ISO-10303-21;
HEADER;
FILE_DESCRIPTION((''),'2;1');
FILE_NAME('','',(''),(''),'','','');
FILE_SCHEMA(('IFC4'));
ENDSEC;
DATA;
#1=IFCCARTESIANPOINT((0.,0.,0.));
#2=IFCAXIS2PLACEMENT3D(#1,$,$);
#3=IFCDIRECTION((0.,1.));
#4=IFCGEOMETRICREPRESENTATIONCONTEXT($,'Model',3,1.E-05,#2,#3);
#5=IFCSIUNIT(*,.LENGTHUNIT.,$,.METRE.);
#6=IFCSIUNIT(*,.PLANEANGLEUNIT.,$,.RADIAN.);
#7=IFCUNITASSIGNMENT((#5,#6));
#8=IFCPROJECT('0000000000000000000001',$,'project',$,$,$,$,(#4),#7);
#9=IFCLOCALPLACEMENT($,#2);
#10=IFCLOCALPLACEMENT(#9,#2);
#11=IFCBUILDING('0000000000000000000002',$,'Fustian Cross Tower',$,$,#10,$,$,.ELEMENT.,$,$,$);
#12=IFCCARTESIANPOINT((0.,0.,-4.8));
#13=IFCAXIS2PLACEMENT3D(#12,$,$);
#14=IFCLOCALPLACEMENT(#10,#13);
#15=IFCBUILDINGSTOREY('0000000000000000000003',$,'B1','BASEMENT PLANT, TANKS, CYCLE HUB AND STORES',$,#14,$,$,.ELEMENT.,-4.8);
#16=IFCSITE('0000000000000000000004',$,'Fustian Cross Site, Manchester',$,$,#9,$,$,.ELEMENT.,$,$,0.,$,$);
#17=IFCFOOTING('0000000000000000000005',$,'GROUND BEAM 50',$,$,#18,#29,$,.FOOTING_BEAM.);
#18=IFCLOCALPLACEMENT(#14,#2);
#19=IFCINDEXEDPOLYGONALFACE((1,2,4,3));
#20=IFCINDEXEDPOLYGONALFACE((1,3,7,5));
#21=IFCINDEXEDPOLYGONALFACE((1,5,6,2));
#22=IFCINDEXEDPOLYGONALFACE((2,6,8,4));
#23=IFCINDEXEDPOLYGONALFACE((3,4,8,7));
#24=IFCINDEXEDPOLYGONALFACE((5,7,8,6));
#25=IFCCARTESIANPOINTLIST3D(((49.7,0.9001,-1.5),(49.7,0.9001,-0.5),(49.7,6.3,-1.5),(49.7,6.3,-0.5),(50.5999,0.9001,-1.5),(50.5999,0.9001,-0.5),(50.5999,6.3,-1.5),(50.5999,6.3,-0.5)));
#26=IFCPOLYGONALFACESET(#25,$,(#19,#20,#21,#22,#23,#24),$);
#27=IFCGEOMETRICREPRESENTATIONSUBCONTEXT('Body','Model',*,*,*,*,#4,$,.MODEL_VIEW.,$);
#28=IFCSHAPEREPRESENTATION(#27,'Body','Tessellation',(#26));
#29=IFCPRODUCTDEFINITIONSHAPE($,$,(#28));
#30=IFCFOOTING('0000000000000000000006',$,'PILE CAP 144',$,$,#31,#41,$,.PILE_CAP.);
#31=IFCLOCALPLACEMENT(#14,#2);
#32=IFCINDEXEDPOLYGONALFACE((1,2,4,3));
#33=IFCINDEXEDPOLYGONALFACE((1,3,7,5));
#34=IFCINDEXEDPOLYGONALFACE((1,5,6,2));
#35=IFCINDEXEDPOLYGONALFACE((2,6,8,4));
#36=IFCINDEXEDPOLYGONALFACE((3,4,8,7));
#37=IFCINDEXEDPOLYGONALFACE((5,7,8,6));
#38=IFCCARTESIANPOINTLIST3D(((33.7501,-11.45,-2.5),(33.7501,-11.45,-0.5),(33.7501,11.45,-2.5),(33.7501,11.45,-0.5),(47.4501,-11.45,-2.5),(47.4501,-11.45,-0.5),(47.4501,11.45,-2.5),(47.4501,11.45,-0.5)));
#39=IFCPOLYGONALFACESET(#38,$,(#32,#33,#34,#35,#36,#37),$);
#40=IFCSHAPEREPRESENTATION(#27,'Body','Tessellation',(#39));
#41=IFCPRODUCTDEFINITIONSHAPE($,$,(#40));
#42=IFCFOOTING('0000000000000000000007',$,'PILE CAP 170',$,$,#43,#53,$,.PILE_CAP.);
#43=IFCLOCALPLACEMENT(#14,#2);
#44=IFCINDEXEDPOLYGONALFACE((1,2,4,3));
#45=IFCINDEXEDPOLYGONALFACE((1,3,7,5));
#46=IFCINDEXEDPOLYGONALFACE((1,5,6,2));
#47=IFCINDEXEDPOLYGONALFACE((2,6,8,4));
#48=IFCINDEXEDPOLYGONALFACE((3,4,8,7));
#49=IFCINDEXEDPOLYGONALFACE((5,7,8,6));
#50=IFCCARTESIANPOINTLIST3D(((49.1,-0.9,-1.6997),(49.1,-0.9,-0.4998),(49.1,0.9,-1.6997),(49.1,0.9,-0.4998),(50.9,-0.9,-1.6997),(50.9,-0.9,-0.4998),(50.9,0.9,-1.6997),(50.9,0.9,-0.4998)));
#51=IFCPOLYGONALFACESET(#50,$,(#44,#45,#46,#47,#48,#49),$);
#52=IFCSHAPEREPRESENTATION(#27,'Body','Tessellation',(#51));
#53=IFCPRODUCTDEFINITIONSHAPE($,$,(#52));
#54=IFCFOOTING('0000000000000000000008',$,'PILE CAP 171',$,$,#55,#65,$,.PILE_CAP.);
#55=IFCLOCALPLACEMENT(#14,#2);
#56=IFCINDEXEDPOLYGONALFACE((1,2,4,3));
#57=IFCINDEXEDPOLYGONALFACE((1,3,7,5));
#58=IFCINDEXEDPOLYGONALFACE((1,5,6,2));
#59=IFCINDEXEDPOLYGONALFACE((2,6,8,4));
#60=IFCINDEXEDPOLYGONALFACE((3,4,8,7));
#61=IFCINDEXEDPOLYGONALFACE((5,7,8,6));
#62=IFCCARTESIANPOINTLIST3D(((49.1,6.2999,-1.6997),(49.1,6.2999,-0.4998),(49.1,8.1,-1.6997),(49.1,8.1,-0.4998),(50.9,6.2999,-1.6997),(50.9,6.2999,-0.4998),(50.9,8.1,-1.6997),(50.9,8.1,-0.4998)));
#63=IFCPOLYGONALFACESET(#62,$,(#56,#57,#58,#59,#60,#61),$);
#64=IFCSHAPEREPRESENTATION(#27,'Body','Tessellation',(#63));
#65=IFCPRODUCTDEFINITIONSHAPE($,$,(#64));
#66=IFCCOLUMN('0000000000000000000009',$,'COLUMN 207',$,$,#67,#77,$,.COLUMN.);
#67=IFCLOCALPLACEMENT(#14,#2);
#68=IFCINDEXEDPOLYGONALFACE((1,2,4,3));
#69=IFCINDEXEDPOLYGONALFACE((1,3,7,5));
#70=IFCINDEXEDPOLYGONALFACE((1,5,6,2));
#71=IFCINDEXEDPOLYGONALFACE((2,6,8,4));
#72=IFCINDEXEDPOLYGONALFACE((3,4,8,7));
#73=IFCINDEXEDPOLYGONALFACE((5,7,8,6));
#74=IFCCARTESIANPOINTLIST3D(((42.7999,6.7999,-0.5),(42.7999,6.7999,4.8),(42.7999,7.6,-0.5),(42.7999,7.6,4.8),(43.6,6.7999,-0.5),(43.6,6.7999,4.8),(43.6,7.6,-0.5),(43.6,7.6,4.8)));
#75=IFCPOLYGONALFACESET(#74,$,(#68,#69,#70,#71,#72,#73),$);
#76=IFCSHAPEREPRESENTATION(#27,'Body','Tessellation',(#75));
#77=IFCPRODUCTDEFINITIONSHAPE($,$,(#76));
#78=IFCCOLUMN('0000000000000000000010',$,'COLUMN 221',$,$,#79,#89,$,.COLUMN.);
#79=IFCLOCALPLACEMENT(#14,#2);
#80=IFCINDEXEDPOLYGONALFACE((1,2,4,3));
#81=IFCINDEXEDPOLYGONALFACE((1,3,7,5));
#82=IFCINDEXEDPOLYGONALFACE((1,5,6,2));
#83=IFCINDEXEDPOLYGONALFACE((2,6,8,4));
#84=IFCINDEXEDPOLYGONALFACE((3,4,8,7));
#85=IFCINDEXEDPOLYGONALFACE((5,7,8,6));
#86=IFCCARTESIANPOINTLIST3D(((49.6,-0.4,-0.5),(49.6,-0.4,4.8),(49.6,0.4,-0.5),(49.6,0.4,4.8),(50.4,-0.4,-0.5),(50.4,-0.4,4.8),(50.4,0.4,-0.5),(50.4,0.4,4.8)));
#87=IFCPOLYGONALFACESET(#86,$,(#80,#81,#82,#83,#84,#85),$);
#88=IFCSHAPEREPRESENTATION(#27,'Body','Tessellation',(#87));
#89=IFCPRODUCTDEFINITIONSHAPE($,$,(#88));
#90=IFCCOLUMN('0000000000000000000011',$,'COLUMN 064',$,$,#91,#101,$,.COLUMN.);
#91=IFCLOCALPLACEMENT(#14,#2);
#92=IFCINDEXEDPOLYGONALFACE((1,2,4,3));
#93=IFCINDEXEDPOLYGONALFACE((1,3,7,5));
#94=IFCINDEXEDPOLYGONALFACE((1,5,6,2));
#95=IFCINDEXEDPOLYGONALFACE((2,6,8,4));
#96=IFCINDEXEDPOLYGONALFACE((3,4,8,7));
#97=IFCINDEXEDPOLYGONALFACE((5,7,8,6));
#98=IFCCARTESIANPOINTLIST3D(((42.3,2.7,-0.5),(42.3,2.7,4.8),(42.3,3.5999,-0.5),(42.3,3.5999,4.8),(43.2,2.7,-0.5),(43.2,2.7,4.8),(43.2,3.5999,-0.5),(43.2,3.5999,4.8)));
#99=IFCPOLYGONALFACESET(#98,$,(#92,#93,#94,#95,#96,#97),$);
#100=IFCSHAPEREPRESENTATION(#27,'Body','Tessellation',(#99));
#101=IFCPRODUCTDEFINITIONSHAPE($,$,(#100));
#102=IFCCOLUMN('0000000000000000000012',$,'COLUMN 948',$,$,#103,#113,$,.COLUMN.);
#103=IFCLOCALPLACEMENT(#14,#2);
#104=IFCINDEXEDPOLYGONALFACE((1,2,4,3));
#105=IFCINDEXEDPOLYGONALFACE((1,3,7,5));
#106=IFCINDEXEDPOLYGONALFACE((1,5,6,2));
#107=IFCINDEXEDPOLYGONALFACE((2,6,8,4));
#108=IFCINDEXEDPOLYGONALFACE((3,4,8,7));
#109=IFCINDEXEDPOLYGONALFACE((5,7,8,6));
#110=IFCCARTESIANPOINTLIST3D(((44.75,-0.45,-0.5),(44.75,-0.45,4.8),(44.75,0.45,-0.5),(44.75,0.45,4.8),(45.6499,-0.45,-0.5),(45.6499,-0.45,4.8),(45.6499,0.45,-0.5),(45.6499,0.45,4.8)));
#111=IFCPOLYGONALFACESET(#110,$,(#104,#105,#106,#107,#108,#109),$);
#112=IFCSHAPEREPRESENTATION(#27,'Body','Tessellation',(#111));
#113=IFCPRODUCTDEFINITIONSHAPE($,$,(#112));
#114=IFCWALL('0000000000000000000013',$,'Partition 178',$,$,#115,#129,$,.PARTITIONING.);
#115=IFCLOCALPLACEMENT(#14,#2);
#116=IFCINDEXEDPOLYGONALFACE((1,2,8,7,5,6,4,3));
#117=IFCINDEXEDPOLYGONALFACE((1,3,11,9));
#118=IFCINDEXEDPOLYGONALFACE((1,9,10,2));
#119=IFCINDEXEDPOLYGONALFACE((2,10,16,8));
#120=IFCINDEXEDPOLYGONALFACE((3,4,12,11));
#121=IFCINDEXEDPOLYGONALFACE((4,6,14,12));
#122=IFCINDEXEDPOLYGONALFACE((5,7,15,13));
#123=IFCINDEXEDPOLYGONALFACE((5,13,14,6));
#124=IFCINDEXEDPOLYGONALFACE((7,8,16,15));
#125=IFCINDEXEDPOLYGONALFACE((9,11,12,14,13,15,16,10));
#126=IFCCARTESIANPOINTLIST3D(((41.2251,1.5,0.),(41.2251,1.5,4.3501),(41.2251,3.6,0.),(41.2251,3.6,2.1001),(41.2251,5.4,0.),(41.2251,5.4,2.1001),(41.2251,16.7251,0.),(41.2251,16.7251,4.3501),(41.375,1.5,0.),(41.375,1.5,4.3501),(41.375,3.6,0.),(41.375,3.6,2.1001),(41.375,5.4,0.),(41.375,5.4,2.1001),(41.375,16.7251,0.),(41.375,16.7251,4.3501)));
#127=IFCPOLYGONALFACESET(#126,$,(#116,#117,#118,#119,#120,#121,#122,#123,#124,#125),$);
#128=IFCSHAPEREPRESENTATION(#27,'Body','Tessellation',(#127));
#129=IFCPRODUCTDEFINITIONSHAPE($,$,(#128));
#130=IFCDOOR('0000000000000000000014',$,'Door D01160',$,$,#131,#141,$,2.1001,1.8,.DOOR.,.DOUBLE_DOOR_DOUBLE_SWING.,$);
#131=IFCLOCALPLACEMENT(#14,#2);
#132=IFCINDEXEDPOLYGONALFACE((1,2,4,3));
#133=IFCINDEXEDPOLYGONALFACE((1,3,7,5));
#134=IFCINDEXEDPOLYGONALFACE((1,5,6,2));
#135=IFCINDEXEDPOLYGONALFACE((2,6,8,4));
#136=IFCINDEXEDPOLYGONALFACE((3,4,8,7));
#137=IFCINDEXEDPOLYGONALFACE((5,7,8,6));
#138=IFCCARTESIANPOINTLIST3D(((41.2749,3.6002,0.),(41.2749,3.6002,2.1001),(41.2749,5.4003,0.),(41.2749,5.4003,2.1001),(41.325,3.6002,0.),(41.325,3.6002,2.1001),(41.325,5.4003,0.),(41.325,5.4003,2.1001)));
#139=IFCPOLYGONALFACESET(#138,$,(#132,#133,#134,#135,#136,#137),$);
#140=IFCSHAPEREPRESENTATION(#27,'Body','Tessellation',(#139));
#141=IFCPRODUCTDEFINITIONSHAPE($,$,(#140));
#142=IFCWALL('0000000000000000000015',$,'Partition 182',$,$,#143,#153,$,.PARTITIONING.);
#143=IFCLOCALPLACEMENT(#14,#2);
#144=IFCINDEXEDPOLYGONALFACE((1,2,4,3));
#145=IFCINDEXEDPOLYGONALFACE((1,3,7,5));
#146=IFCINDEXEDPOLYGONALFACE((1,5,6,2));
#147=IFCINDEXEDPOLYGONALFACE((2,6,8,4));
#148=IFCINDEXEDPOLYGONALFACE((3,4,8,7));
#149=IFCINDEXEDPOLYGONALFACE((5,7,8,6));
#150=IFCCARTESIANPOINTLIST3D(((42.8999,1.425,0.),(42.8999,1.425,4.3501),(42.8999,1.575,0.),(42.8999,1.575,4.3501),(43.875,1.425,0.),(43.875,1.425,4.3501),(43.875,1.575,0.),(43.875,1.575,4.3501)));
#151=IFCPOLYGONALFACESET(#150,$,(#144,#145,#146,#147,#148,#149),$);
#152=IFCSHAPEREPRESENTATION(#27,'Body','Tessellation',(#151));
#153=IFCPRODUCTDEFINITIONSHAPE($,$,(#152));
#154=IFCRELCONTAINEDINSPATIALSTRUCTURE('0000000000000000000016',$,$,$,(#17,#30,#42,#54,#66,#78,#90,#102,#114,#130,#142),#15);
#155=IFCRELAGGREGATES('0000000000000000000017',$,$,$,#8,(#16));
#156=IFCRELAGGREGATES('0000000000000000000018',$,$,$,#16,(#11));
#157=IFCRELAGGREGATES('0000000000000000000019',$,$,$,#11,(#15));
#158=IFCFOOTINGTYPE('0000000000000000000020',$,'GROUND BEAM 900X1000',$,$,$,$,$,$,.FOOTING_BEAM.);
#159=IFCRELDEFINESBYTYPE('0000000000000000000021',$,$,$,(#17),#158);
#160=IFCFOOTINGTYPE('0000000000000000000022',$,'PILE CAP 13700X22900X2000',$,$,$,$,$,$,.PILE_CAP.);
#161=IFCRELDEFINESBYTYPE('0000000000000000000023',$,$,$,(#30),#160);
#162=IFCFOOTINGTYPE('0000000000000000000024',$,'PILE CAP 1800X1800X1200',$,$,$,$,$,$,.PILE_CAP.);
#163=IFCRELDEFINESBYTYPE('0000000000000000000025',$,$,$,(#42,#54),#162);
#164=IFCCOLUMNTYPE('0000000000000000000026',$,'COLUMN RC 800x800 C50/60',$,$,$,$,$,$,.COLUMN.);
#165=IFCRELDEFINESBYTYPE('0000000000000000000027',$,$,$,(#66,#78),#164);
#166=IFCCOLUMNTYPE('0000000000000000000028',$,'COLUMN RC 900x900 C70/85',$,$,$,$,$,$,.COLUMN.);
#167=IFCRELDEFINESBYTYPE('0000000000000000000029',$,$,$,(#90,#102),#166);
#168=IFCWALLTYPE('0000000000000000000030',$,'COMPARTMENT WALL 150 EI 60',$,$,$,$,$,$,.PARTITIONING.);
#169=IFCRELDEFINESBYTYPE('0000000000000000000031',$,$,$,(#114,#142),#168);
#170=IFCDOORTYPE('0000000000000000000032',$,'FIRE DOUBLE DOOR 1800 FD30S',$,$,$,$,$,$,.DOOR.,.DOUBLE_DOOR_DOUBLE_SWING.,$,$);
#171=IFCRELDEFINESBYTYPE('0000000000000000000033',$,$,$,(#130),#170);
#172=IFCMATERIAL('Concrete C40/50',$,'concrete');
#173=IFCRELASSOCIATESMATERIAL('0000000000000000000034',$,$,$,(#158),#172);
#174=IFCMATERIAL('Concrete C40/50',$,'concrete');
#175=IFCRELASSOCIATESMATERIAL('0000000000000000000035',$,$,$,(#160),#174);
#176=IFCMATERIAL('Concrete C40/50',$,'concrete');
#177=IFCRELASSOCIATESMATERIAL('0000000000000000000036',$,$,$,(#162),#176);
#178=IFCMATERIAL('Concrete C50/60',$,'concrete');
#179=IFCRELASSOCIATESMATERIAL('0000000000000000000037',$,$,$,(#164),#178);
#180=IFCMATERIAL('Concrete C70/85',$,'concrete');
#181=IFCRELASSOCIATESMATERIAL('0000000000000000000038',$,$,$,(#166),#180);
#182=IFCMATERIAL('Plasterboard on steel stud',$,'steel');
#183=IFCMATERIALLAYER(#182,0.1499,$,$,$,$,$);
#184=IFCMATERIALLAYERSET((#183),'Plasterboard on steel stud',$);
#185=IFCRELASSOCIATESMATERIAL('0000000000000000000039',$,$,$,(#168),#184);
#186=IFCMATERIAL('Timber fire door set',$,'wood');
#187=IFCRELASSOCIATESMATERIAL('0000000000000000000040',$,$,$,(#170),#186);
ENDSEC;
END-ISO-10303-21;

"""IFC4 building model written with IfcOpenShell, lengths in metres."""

from ifc_helpers import new_model, si_unit, direction, frame, frame_2d, origin, origin_2d, place, context, subcontext, project, spatial, rectangle, extrude, material, layer, layer_set, material_profile, profile_set, type_object, element, fill, save


model = new_model("IFC4")

# Units and contexts
model_context = context("Model", 3, precision=1e-05, world=origin(), true_north=direction((0.0, 1.0)))
body_context = subcontext(model_context, "Body", "Model", "MODEL_VIEW")
ifc_project = project(units=[si_unit("LENGTHUNIT", "METRE"), si_unit("PLANEANGLEUNIT", "RADIAN")], contexts=[model_context])

# Site, building, storey
site_placement = place(None, origin())
site = spatial("IfcSite", under=ifc_project, at=site_placement, Name="Fustian Cross Site, Manchester", CompositionType="ELEMENT", RefElevation=0.0)
building_placement = place(site_placement, origin())
building = spatial("IfcBuilding", under=site, at=building_placement, Name="Fustian Cross Tower", CompositionType="ELEMENT")
storey_placement = place(building_placement, frame((0.0, 0.0, -4.8)))
storey = spatial("IfcBuildingStorey", under=building, at=storey_placement, Name="B1", Description="BASEMENT PLANT, TANKS, CYCLE HUB AND STORES", CompositionType="ELEMENT", Elevation=-4.8)

# Footings
ifc_material_1 = material(Name="Concrete C40/50", Category="concrete")
footing_type_1 = type_object("IfcFootingType", Name="GROUND BEAM 900X1000", PredefinedType="FOOTING_BEAM", material=ifc_material_1)
footing_1_placement = place(storey_placement, frame((50.1499, 3.6001, -1.5), z_axis=(0.0, 0.0, 1.0), x_axis=(1.0, 0.0, 0.0)))
element("IfcFooting", 1, at=footing_1_placement, inside=storey, type_object=footing_type_1, Name="GROUND BEAM 50", PredefinedType="FOOTING_BEAM", context=body_context, shape_type="SweptSolid", body=[
    extrude(rectangle(XDim=0.8999, YDim=5.3999, at=origin_2d()), origin(), (0.0, 0.0, 1.0), 1.0),
])
ifc_material_2 = material(Name="Concrete C40/50", Category="concrete")
footing_type_2 = type_object("IfcFootingType", Name="PILE CAP 13700X22900X2000", PredefinedType="PILE_CAP", material=ifc_material_2)
footing_2_placement = place(storey_placement, frame((40.6001, 0.0, -2.5), z_axis=(0.0, 0.0, 1.0), x_axis=(1.0, 0.0, 0.0)))
element("IfcFooting", 2, at=footing_2_placement, inside=storey, type_object=footing_type_2, Name="PILE CAP 144", PredefinedType="PILE_CAP", context=body_context, shape_type="SweptSolid", body=[
    extrude(rectangle(XDim=13.7, YDim=22.8999, at=origin_2d()), origin(), (0.0, 0.0, 1.0), 2.0),
])
ifc_material_3 = material(Name="Concrete C40/50", Category="concrete")
footing_type_3 = type_object("IfcFootingType", Name="PILE CAP 1800X1800X1200", PredefinedType="PILE_CAP", material=ifc_material_3)
for number, where, z_axis, x_axis, name in (
    (3, (50.0, 0.0, -1.6997), (0.0, 0.0, 1.0), (1.0, 0.0, 0.0), "PILE CAP 170"),
    (4, (50.0, 7.2, -1.6997), (0.0, 0.0, 1.0), (1.0, 0.0, 0.0), "PILE CAP 171"),
):
    element("IfcFooting", number, at=place(storey_placement, frame(where, z_axis=z_axis, x_axis=x_axis)), inside=storey, type_object=footing_type_3, Name=name, PredefinedType="PILE_CAP", context=body_context, shape_type="SweptSolid", body=[
        extrude(rectangle(XDim=1.8, YDim=1.8, at=origin_2d()), origin(), (0.0, 0.0, 1.0), 1.2),
    ])

# Columns
ifc_material_4 = material(Name="Concrete C50/60", Category="concrete")
ifc_material_profile_1 = material_profile(ifc_material_4, rectangle(XDim=0.8, YDim=0.8, at=origin_2d()), Name="RC 800x800")
ifc_profile_set_1 = profile_set([ifc_material_profile_1], Name="Concrete C50/60")
column_type_1 = type_object("IfcColumnType", Name="COLUMN RC 800x800 C50/60", PredefinedType="COLUMN", material=ifc_profile_set_1)
for number, where, z_axis, x_axis, name in (
    (5, (43.2, 7.2, -0.5), (0.0, 0.0, 1.0), (1.0, 0.0, 0.0), "COLUMN 207"),
    (6, (50.0, 0.0, -0.5), (0.0, 0.0, 1.0), (1.0, 0.0, 0.0), "COLUMN 221"),
):
    element("IfcColumn", number, at=place(storey_placement, frame(where, z_axis=z_axis, x_axis=x_axis)), inside=storey, type_object=column_type_1, Name=name, PredefinedType="COLUMN", context=body_context, shape_type="SweptSolid", body=[
        extrude(rectangle(XDim=0.8, YDim=0.8, at=origin_2d()), origin(), (0.0, 0.0, 1.0), 5.3),
    ])
ifc_material_5 = material(Name="Concrete C70/85", Category="concrete")
ifc_material_profile_2 = material_profile(ifc_material_5, rectangle(XDim=0.8999, YDim=0.8999, at=origin_2d()), Name="RC 900x900")
ifc_profile_set_2 = profile_set([ifc_material_profile_2], Name="Concrete C70/85")
column_type_2 = type_object("IfcColumnType", Name="COLUMN RC 900x900 C70/85", PredefinedType="COLUMN", material=ifc_profile_set_2)
for number, where, z_axis, x_axis, name in (
    (7, (42.75, 3.1499, -0.5), (0.0, 0.0, 1.0), (1.0, 0.0, 0.0), "COLUMN 064"),
    (8, (45.2, 0.0, -0.5), (0.0, 0.0, 1.0), (1.0, 0.0, 0.0), "COLUMN 948"),
):
    element("IfcColumn", number, at=place(storey_placement, frame(where, z_axis=z_axis, x_axis=x_axis)), inside=storey, type_object=column_type_2, Name=name, PredefinedType="COLUMN", context=body_context, shape_type="SweptSolid", body=[
        extrude(rectangle(XDim=0.8999, YDim=0.8999, at=origin_2d()), origin(), (0.0, 0.0, 1.0), 5.3),
    ])

# Wall, opening, door
ifc_material_6 = material(Name="Plasterboard on steel stud", Category="steel")
ifc_layer = layer(ifc_material_6, 0.1499)
ifc_layer_set = layer_set([ifc_layer], Name="Plasterboard on steel stud")
wall_type = type_object("IfcWallType", Name="COMPARTMENT WALL 150 EI 60", PredefinedType="PARTITIONING", material=ifc_layer_set)
wall_1_placement = place(storey_placement, frame((41.3, 1.5, 0.0), z_axis=(0.0, 0.0, 1.0), x_axis=(0.0, 1.0, 0.0)))
wall_1 = element("IfcWall", 9, at=wall_1_placement, inside=storey, type_object=wall_type, Name="Partition 178", PredefinedType="PARTITIONING", context=body_context, shape_type="SweptSolid", body=[
    extrude(rectangle(XDim=15.2251, YDim=0.1499, at=frame_2d((7.6125, 0.0))), origin(), (0.0, 0.0, 1.0), 4.3501),
])
opening_1_placement = place(wall_1_placement, frame((2.1001, 0.0, 0.0)))
opening_1 = element("IfcOpeningElement", 10, at=opening_1_placement, cuts=wall_1, PredefinedType="OPENING", context=body_context, shape_type="SweptSolid", body=[
    extrude(rectangle(XDim=1.8, YDim=2.1001, at=frame_2d((0.8999, 1.05))), frame((0.0, 0.085, 0.0), z_axis=(0.0, -1.0, 0.0), x_axis=(1.0, 0.0, 0.0)), (0.0, 0.0, 1.0), 0.1699),
])
ifc_material_7 = material(Name="Timber fire door set", Category="wood")
door_type_1 = type_object("IfcDoorType", Name="FIRE DOUBLE DOOR 1800 FD30S", OperationType="DOUBLE_DOOR_DOUBLE_SWING", PredefinedType="DOOR", material=ifc_material_7)
door_1_placement = place(opening_1_placement, frame((1.8, 0.0, 0.0), z_axis=(0.0, 0.0, 1.0), x_axis=(-1.0, 0.0, 0.0)))
door_1 = element("IfcDoor", 11, at=door_1_placement, inside=storey, type_object=door_type_1, Name="Door D01160", OperationType="DOUBLE_DOOR_DOUBLE_SWING", OverallHeight=2.1001, OverallWidth=1.8, PredefinedType="DOOR", context=body_context, shape_type="SweptSolid", body=[
    extrude(rectangle(XDim=1.8, YDim=2.1001, at=frame_2d((0.8999, 1.05))), frame((0.0, 0.0249, 0.0), z_axis=(0.0, -1.0, 0.0), x_axis=(1.0, 0.0, 0.0)), (0.0, 0.0, 1.0), 0.05),
])
fill(opening_1, door_1)

# Wall
wall_2_placement = place(storey_placement, frame((42.8999, 1.5, 0.0), z_axis=(0.0, 0.0, 1.0), x_axis=(1.0, 0.0, 0.0)))
element("IfcWall", 12, at=wall_2_placement, inside=storey, type_object=wall_type, Name="Partition 182", PredefinedType="PARTITIONING", context=body_context, shape_type="SweptSolid", body=[
    extrude(rectangle(XDim=0.9751, YDim=0.1499, at=frame_2d((0.4875, 0.0))), origin(), (0.0, 0.0, 1.0), 4.3501),
])

save(model, "model.ifc")
